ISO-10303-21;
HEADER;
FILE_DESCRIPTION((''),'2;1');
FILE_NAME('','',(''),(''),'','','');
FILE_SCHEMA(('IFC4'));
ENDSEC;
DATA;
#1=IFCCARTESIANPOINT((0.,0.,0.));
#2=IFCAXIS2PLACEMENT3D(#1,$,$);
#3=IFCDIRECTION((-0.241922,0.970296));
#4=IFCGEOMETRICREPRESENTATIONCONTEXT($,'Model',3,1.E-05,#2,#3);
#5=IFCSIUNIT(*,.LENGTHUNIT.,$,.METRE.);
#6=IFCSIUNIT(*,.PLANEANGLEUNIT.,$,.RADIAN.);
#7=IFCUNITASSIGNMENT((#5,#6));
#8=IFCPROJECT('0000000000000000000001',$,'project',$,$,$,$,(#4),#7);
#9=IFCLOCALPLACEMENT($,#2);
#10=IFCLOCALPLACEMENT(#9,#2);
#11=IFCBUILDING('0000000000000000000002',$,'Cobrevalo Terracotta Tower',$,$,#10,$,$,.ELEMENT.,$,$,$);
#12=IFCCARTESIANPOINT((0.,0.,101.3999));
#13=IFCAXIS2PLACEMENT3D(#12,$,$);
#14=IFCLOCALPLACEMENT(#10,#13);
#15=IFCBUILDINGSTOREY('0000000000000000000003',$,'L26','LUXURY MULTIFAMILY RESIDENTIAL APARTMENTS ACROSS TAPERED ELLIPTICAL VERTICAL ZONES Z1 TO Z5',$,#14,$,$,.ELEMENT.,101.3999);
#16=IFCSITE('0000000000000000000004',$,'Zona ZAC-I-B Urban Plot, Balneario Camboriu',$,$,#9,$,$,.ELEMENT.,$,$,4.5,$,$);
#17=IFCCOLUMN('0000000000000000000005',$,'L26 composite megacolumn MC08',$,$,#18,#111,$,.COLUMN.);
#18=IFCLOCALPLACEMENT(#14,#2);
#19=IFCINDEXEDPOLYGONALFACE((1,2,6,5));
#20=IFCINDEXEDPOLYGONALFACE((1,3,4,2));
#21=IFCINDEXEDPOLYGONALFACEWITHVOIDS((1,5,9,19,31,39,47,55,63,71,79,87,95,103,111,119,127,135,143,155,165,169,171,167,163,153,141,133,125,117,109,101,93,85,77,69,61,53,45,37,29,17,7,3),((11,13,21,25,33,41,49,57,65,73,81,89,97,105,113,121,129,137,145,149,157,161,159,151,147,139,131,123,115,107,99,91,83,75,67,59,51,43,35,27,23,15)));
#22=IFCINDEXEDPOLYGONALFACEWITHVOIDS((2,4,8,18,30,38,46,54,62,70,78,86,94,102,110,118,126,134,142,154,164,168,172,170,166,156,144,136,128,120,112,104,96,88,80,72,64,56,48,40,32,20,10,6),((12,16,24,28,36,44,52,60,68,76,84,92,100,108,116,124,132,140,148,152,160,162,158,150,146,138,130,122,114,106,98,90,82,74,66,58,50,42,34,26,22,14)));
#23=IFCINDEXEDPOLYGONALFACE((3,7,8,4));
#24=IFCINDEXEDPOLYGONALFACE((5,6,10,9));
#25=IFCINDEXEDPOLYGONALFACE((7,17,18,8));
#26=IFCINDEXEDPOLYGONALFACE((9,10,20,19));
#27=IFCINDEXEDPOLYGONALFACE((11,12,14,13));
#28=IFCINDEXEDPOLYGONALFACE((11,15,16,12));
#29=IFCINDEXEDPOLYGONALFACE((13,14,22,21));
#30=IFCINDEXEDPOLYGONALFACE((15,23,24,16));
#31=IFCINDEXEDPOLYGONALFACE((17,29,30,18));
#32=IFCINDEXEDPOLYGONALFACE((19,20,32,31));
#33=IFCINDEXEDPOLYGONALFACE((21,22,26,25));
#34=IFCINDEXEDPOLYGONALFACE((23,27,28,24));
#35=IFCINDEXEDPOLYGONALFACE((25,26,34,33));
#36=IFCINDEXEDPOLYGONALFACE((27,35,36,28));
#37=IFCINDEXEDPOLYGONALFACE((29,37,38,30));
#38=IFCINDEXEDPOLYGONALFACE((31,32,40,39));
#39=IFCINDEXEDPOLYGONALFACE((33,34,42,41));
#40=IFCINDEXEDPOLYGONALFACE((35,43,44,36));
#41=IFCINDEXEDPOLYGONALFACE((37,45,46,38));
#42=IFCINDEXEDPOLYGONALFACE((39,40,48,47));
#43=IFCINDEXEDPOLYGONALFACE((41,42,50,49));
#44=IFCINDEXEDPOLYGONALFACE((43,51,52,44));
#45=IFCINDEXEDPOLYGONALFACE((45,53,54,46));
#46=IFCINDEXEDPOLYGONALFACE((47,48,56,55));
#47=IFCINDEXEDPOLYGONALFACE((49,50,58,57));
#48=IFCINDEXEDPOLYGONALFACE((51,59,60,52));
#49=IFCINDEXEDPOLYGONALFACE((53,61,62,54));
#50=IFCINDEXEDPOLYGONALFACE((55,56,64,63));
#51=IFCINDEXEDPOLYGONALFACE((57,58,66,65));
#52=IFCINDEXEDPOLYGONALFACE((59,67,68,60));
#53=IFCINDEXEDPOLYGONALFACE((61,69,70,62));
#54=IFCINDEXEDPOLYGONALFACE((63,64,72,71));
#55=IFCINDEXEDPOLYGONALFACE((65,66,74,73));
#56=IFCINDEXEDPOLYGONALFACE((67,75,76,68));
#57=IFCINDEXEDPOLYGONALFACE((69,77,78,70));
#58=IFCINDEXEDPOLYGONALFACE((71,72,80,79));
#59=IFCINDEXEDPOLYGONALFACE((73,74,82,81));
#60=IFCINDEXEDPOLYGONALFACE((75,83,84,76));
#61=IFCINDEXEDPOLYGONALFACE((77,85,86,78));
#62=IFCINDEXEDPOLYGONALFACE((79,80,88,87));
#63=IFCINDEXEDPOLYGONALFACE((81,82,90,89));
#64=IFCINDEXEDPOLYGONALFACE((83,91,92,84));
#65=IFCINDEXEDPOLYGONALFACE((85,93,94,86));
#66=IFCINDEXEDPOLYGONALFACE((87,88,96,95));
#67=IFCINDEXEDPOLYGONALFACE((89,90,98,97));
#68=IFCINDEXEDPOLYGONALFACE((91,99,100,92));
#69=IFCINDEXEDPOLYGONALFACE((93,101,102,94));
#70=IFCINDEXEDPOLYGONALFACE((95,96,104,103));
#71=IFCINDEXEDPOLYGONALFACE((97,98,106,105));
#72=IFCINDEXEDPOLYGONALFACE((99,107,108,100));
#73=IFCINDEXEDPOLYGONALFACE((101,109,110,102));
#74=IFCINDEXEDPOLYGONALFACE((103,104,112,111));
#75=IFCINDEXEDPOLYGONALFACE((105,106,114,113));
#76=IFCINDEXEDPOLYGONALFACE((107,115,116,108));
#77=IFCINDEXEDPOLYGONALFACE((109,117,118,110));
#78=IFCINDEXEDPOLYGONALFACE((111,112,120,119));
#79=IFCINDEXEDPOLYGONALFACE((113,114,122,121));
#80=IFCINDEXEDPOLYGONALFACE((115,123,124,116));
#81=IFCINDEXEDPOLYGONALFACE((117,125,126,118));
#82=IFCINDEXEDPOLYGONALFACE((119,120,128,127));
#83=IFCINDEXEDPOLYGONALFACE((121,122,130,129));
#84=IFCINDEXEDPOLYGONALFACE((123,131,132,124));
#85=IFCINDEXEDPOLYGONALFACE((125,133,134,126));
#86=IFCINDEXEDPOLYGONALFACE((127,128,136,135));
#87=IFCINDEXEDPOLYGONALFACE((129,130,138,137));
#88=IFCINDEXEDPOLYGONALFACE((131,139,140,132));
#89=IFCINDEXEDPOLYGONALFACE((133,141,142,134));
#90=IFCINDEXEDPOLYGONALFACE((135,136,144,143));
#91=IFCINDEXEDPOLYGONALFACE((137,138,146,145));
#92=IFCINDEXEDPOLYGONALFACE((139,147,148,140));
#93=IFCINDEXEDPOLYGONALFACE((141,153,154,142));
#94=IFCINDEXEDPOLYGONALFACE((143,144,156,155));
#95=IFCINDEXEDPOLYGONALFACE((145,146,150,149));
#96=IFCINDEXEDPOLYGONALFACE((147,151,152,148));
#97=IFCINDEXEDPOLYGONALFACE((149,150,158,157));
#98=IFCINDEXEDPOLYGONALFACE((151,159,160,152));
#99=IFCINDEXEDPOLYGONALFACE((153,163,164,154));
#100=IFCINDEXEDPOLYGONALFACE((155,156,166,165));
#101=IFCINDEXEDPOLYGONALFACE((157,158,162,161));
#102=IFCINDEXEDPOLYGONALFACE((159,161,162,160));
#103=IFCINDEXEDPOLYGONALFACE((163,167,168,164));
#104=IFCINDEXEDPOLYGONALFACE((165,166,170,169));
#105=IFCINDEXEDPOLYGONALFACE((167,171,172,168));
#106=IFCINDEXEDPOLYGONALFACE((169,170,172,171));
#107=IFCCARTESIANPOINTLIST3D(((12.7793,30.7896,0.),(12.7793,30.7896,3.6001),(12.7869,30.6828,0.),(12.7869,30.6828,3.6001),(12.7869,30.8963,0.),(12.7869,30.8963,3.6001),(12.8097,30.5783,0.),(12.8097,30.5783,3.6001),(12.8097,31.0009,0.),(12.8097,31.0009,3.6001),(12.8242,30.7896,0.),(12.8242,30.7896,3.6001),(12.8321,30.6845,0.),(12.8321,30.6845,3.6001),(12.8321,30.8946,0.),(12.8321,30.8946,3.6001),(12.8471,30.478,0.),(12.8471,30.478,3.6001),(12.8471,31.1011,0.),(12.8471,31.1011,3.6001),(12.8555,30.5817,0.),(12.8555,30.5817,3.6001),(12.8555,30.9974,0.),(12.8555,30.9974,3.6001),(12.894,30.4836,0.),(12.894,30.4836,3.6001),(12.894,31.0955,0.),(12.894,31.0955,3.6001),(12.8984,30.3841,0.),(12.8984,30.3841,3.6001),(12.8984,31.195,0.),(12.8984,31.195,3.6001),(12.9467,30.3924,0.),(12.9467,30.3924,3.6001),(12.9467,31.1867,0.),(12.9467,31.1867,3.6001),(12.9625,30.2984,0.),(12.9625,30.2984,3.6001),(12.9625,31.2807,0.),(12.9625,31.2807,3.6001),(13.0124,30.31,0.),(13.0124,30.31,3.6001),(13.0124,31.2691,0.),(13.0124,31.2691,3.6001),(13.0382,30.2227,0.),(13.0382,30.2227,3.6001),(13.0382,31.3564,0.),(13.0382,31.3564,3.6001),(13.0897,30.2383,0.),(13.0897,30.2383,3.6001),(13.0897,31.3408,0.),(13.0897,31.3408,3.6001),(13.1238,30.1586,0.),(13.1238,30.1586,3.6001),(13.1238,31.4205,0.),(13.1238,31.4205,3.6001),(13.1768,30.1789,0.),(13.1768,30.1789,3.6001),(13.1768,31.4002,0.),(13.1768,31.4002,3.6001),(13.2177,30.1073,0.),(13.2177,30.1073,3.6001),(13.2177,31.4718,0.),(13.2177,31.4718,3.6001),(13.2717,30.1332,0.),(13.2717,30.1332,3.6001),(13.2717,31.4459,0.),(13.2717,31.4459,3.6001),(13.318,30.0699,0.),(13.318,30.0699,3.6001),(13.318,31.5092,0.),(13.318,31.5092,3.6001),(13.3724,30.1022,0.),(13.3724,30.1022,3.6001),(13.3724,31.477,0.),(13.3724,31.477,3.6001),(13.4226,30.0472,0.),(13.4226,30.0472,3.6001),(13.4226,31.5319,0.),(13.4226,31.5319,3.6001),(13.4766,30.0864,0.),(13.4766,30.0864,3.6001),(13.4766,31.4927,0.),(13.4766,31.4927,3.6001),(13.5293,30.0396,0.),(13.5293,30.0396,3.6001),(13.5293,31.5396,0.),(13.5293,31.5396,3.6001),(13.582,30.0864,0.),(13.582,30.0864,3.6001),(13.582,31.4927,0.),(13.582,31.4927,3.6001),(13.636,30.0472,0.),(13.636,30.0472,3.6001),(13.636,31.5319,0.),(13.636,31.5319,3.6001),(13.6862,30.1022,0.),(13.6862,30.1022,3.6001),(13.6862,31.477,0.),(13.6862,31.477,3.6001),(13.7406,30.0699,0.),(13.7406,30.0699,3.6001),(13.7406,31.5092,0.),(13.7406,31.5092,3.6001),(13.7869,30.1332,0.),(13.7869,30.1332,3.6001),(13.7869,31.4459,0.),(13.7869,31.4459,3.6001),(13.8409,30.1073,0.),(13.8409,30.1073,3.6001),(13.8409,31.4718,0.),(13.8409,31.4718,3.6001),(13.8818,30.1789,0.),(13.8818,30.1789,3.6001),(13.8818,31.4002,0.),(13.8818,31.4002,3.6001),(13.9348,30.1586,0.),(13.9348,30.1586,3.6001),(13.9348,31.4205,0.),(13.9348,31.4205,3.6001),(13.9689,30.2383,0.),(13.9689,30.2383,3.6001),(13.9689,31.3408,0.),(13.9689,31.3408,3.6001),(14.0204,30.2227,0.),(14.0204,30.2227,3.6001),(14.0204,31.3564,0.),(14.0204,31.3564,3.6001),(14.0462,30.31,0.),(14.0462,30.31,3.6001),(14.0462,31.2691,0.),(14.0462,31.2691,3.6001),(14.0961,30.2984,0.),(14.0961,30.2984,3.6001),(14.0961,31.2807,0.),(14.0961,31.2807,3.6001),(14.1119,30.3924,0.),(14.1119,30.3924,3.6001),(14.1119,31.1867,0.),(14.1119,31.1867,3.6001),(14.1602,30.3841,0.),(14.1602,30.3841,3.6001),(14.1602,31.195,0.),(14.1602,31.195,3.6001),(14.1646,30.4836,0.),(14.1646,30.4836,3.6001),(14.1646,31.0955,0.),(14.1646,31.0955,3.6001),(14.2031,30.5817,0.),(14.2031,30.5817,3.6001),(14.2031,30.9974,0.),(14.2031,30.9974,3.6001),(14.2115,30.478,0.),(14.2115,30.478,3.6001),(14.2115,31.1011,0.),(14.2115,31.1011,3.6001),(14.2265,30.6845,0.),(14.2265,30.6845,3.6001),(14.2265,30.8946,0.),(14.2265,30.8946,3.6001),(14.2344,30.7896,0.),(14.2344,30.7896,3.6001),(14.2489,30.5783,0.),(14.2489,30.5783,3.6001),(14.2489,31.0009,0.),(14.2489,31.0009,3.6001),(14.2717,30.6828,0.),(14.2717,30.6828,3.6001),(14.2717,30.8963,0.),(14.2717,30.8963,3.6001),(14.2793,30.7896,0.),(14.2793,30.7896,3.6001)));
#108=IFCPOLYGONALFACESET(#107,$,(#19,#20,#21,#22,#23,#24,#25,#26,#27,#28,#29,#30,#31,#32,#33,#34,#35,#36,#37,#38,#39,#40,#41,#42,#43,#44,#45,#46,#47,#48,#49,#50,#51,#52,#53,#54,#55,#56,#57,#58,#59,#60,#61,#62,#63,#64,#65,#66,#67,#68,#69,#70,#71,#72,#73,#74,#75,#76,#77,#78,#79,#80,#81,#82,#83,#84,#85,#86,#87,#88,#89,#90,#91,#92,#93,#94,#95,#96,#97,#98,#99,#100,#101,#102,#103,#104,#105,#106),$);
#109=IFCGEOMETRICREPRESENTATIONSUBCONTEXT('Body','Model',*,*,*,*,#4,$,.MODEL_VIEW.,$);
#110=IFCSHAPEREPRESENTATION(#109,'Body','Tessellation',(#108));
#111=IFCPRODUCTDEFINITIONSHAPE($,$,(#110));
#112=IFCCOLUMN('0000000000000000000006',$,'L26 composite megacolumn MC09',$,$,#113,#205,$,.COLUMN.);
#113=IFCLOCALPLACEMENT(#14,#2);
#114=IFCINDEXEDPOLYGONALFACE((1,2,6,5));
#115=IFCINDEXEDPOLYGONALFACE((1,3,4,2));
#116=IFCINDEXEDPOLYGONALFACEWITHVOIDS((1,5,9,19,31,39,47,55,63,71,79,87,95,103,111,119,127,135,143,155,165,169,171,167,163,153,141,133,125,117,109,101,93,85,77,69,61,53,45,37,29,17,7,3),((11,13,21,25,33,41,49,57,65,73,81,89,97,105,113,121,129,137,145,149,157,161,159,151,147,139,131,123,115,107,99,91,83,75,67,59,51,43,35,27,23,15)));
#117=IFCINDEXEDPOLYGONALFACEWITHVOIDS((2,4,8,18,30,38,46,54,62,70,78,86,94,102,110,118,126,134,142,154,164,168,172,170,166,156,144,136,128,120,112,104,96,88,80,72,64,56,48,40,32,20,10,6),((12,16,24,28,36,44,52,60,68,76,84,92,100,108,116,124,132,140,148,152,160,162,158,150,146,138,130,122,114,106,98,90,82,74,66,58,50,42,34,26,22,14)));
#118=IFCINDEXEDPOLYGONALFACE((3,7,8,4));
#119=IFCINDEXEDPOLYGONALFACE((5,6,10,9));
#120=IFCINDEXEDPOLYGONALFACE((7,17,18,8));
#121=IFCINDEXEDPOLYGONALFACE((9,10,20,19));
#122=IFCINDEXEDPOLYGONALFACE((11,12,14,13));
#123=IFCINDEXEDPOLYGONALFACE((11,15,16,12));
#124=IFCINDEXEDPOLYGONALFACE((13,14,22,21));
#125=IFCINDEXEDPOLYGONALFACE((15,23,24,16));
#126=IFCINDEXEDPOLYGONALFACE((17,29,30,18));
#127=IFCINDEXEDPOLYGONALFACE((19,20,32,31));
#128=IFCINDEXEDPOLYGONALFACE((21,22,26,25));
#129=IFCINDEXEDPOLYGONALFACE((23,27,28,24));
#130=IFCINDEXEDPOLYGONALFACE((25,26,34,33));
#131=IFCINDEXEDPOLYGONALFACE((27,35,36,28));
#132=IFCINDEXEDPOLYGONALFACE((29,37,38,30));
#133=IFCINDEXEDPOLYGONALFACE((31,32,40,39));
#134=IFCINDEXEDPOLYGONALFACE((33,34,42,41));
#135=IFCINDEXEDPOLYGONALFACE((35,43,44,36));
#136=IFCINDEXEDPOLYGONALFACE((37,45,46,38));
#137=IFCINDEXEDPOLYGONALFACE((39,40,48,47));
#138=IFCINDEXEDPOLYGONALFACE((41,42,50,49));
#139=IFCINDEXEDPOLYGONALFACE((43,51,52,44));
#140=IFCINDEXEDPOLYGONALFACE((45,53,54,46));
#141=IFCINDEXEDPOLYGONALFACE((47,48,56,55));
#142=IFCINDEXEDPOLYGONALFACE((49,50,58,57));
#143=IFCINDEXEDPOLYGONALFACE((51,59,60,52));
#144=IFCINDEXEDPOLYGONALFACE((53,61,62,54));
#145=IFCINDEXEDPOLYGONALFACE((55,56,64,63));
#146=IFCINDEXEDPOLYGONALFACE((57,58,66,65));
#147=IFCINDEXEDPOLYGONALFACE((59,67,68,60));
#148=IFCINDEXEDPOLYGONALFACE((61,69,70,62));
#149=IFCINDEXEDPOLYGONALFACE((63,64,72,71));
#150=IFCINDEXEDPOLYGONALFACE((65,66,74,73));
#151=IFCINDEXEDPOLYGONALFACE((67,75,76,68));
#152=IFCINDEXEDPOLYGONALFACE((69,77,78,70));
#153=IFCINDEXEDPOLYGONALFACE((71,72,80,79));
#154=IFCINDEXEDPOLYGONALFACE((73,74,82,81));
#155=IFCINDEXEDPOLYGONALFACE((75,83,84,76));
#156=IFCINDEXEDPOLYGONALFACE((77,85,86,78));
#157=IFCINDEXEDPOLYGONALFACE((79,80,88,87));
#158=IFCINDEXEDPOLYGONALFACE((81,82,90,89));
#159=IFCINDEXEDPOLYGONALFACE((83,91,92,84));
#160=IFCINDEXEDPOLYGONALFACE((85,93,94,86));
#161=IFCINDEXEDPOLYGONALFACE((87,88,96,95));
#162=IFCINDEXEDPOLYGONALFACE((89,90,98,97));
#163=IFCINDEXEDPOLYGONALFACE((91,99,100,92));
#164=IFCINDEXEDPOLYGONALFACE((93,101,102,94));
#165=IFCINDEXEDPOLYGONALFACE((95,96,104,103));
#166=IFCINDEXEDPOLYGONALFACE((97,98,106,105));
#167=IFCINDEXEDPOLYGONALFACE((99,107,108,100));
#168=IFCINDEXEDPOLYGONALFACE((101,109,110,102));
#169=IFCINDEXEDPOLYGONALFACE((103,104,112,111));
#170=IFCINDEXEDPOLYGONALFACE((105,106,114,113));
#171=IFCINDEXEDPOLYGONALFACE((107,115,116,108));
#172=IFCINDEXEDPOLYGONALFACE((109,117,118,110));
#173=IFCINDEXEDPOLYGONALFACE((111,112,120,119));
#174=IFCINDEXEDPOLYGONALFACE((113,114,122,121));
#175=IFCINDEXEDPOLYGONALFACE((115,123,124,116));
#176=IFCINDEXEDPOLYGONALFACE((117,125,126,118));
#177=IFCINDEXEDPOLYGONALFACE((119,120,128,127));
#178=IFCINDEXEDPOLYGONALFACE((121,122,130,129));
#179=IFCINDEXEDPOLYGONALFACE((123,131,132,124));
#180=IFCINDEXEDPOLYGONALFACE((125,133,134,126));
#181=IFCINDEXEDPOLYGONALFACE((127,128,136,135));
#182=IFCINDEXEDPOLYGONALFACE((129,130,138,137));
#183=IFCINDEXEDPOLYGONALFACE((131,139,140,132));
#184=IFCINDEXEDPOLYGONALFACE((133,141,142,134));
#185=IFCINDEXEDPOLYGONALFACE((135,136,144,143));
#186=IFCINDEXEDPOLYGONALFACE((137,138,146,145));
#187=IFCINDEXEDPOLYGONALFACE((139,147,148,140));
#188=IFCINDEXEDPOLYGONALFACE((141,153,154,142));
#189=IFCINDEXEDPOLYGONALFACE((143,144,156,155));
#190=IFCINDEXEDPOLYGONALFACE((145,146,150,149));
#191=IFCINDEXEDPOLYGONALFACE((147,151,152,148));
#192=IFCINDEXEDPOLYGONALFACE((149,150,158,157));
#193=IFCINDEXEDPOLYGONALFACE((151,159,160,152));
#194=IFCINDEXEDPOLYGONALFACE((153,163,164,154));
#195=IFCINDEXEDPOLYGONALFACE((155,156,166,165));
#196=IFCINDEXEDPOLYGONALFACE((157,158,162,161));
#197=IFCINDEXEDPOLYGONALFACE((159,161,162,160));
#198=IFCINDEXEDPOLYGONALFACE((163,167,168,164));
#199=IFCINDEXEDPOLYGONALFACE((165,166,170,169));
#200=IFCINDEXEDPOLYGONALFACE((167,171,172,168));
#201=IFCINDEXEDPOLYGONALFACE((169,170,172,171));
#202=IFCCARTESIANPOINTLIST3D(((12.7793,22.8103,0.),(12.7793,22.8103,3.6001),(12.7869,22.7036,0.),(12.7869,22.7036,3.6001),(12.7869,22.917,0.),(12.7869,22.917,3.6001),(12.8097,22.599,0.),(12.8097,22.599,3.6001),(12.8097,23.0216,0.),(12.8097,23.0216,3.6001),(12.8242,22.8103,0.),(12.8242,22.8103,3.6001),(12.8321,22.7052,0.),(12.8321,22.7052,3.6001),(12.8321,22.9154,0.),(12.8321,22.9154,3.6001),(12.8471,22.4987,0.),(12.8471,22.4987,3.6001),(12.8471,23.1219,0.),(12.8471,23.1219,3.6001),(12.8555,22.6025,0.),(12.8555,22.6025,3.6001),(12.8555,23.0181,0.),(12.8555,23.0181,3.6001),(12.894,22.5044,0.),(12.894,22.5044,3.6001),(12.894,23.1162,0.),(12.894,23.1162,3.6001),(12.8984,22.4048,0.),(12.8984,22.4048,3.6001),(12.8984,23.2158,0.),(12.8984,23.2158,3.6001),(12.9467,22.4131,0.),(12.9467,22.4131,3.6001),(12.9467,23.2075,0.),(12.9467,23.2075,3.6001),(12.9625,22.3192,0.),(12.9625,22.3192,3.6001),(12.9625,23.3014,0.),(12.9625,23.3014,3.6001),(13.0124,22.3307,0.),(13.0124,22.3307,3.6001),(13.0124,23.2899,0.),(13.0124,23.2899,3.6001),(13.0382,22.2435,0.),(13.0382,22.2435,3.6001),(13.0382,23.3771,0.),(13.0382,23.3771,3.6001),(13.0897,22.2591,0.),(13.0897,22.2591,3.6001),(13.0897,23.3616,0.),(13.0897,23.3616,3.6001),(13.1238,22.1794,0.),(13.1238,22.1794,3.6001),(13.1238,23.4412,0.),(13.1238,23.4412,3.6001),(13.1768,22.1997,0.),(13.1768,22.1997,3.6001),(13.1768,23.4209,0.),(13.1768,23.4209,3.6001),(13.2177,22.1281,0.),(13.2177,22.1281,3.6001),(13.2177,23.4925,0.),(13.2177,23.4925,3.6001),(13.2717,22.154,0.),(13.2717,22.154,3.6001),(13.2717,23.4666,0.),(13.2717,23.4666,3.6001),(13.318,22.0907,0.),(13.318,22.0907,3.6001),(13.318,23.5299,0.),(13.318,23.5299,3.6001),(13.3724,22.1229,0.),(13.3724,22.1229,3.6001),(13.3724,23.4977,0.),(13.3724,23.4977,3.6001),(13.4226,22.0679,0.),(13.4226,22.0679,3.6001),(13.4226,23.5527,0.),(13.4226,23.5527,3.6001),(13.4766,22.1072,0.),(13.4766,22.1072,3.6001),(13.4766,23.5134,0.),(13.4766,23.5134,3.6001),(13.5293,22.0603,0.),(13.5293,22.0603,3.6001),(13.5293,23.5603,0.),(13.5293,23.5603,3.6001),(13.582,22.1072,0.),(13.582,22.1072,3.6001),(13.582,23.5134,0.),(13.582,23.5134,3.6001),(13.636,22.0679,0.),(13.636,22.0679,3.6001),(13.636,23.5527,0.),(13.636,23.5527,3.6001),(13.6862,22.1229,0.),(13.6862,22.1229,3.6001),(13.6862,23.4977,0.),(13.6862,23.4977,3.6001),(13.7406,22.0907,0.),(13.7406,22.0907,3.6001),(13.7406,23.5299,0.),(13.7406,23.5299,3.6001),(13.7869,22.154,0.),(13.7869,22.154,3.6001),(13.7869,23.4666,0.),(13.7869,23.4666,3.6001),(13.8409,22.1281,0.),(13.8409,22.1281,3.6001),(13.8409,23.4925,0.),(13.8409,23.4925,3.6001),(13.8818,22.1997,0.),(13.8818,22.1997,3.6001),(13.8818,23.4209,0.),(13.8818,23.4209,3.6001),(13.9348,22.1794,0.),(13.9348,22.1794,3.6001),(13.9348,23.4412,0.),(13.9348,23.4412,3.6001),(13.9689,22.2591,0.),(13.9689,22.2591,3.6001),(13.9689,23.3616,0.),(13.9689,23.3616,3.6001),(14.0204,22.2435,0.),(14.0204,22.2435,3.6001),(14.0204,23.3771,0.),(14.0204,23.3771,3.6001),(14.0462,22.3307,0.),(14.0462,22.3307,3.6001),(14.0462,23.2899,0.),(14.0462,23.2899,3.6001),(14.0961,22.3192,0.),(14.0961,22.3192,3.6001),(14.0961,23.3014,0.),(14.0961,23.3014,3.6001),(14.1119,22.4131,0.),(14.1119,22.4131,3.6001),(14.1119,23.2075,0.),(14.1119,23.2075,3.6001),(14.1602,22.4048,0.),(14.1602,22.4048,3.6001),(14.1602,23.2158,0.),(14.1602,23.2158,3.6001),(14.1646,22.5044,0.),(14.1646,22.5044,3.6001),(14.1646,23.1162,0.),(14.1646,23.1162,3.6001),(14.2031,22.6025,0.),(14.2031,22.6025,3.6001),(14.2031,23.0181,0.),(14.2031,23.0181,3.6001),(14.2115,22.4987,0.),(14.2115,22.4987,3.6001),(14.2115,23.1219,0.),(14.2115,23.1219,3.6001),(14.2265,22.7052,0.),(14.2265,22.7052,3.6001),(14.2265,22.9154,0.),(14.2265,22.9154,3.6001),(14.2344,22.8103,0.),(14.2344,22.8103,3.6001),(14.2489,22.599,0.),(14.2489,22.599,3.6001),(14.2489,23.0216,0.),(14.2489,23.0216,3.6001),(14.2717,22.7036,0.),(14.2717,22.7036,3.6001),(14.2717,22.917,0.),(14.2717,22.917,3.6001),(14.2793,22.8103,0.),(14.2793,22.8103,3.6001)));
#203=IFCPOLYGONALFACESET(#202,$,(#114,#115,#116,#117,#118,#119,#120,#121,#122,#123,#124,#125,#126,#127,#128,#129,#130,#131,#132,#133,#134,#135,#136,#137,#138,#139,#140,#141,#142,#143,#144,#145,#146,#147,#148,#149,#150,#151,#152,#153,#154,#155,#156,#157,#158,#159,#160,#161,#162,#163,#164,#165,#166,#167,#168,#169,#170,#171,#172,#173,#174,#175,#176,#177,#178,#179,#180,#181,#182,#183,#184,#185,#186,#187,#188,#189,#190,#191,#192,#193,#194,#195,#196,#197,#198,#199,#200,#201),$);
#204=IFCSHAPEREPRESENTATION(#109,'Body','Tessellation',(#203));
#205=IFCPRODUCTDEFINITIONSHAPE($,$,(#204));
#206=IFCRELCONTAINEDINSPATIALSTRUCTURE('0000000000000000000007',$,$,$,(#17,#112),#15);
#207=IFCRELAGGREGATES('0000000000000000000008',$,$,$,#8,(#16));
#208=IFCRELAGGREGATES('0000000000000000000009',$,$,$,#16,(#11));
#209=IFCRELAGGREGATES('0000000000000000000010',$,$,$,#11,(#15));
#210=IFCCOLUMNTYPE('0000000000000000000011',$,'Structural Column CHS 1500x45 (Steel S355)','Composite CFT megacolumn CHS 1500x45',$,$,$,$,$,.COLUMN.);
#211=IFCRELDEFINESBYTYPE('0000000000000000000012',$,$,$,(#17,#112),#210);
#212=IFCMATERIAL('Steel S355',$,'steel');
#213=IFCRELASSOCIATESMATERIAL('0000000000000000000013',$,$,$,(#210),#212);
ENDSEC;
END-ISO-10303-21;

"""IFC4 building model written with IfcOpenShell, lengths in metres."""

from ifc_helpers import new_model, si_unit, direction, frame, origin, origin_2d, place, context, subcontext, project, spatial, hollow_circle, extrude, material, material_profile, profile_set, type_object, element, save


model = new_model("IFC4")

# Units and contexts
model_context = context("Model", 3, precision=1e-05, world=origin(), true_north=direction((-0.241922, 0.970296)))
body_context = subcontext(model_context, "Body", "Model", "MODEL_VIEW")
ifc_project = project(units=[si_unit("LENGTHUNIT", "METRE"), si_unit("PLANEANGLEUNIT", "RADIAN")], contexts=[model_context])

# Site, building, storey
site_placement = place(None, origin())
site = spatial("IfcSite", under=ifc_project, at=site_placement, Name="Zona ZAC-I-B Urban Plot, Balneario Camboriu", CompositionType="ELEMENT", RefElevation=4.5)
building_placement = place(site_placement, origin())
building = spatial("IfcBuilding", under=site, at=building_placement, Name="Cobrevalo Terracotta Tower", CompositionType="ELEMENT")
storey_placement = place(building_placement, frame((0.0, 0.0, 101.3999)))
storey = spatial("IfcBuildingStorey", under=building, at=storey_placement, Name="L26", Description="LUXURY MULTIFAMILY RESIDENTIAL APARTMENTS ACROSS TAPERED ELLIPTICAL VERTICAL ZONES Z1 TO Z5", CompositionType="ELEMENT", Elevation=101.3999)

# Columns
ifc_material_1 = material(Name="Steel S355", Category="steel")
ifc_material_profile_1 = material_profile(ifc_material_1, hollow_circle(Radius=0.75, WallThickness=0.0449, at=origin_2d()), Name="CHS 1500x45")
ifc_profile_set_1 = profile_set([ifc_material_profile_1], Name="Steel S355")
column_type = type_object("IfcColumnType", Name="Structural Column CHS 1500x45 (Steel S355)", Description="Composite CFT megacolumn CHS 1500x45", PredefinedType="COLUMN", material=ifc_profile_set_1)
for number, where, z_axis, x_axis, name in (
    (1, (13.5293, 30.7896, 0.0), (0.0, 0.0, 1.0), (1.0, 0.0, 0.0), "L26 composite megacolumn MC08"),
    (2, (13.5293, 22.8103, 0.0), (0.0, 0.0, 1.0), (1.0, 0.0, 0.0), "L26 composite megacolumn MC09"),
):
    element("IfcColumn", number, at=place(storey_placement, frame(where, z_axis=z_axis, x_axis=x_axis)), inside=storey, type_object=column_type, Name=name, PredefinedType="COLUMN", context=body_context, shape_type="SweptSolid", body=[
        extrude(hollow_circle(Radius=0.75, WallThickness=0.0449, at=origin_2d()), origin(), (0.0, 0.0, 1.0), 3.6001),
    ])

save(model, "model.ifc")
